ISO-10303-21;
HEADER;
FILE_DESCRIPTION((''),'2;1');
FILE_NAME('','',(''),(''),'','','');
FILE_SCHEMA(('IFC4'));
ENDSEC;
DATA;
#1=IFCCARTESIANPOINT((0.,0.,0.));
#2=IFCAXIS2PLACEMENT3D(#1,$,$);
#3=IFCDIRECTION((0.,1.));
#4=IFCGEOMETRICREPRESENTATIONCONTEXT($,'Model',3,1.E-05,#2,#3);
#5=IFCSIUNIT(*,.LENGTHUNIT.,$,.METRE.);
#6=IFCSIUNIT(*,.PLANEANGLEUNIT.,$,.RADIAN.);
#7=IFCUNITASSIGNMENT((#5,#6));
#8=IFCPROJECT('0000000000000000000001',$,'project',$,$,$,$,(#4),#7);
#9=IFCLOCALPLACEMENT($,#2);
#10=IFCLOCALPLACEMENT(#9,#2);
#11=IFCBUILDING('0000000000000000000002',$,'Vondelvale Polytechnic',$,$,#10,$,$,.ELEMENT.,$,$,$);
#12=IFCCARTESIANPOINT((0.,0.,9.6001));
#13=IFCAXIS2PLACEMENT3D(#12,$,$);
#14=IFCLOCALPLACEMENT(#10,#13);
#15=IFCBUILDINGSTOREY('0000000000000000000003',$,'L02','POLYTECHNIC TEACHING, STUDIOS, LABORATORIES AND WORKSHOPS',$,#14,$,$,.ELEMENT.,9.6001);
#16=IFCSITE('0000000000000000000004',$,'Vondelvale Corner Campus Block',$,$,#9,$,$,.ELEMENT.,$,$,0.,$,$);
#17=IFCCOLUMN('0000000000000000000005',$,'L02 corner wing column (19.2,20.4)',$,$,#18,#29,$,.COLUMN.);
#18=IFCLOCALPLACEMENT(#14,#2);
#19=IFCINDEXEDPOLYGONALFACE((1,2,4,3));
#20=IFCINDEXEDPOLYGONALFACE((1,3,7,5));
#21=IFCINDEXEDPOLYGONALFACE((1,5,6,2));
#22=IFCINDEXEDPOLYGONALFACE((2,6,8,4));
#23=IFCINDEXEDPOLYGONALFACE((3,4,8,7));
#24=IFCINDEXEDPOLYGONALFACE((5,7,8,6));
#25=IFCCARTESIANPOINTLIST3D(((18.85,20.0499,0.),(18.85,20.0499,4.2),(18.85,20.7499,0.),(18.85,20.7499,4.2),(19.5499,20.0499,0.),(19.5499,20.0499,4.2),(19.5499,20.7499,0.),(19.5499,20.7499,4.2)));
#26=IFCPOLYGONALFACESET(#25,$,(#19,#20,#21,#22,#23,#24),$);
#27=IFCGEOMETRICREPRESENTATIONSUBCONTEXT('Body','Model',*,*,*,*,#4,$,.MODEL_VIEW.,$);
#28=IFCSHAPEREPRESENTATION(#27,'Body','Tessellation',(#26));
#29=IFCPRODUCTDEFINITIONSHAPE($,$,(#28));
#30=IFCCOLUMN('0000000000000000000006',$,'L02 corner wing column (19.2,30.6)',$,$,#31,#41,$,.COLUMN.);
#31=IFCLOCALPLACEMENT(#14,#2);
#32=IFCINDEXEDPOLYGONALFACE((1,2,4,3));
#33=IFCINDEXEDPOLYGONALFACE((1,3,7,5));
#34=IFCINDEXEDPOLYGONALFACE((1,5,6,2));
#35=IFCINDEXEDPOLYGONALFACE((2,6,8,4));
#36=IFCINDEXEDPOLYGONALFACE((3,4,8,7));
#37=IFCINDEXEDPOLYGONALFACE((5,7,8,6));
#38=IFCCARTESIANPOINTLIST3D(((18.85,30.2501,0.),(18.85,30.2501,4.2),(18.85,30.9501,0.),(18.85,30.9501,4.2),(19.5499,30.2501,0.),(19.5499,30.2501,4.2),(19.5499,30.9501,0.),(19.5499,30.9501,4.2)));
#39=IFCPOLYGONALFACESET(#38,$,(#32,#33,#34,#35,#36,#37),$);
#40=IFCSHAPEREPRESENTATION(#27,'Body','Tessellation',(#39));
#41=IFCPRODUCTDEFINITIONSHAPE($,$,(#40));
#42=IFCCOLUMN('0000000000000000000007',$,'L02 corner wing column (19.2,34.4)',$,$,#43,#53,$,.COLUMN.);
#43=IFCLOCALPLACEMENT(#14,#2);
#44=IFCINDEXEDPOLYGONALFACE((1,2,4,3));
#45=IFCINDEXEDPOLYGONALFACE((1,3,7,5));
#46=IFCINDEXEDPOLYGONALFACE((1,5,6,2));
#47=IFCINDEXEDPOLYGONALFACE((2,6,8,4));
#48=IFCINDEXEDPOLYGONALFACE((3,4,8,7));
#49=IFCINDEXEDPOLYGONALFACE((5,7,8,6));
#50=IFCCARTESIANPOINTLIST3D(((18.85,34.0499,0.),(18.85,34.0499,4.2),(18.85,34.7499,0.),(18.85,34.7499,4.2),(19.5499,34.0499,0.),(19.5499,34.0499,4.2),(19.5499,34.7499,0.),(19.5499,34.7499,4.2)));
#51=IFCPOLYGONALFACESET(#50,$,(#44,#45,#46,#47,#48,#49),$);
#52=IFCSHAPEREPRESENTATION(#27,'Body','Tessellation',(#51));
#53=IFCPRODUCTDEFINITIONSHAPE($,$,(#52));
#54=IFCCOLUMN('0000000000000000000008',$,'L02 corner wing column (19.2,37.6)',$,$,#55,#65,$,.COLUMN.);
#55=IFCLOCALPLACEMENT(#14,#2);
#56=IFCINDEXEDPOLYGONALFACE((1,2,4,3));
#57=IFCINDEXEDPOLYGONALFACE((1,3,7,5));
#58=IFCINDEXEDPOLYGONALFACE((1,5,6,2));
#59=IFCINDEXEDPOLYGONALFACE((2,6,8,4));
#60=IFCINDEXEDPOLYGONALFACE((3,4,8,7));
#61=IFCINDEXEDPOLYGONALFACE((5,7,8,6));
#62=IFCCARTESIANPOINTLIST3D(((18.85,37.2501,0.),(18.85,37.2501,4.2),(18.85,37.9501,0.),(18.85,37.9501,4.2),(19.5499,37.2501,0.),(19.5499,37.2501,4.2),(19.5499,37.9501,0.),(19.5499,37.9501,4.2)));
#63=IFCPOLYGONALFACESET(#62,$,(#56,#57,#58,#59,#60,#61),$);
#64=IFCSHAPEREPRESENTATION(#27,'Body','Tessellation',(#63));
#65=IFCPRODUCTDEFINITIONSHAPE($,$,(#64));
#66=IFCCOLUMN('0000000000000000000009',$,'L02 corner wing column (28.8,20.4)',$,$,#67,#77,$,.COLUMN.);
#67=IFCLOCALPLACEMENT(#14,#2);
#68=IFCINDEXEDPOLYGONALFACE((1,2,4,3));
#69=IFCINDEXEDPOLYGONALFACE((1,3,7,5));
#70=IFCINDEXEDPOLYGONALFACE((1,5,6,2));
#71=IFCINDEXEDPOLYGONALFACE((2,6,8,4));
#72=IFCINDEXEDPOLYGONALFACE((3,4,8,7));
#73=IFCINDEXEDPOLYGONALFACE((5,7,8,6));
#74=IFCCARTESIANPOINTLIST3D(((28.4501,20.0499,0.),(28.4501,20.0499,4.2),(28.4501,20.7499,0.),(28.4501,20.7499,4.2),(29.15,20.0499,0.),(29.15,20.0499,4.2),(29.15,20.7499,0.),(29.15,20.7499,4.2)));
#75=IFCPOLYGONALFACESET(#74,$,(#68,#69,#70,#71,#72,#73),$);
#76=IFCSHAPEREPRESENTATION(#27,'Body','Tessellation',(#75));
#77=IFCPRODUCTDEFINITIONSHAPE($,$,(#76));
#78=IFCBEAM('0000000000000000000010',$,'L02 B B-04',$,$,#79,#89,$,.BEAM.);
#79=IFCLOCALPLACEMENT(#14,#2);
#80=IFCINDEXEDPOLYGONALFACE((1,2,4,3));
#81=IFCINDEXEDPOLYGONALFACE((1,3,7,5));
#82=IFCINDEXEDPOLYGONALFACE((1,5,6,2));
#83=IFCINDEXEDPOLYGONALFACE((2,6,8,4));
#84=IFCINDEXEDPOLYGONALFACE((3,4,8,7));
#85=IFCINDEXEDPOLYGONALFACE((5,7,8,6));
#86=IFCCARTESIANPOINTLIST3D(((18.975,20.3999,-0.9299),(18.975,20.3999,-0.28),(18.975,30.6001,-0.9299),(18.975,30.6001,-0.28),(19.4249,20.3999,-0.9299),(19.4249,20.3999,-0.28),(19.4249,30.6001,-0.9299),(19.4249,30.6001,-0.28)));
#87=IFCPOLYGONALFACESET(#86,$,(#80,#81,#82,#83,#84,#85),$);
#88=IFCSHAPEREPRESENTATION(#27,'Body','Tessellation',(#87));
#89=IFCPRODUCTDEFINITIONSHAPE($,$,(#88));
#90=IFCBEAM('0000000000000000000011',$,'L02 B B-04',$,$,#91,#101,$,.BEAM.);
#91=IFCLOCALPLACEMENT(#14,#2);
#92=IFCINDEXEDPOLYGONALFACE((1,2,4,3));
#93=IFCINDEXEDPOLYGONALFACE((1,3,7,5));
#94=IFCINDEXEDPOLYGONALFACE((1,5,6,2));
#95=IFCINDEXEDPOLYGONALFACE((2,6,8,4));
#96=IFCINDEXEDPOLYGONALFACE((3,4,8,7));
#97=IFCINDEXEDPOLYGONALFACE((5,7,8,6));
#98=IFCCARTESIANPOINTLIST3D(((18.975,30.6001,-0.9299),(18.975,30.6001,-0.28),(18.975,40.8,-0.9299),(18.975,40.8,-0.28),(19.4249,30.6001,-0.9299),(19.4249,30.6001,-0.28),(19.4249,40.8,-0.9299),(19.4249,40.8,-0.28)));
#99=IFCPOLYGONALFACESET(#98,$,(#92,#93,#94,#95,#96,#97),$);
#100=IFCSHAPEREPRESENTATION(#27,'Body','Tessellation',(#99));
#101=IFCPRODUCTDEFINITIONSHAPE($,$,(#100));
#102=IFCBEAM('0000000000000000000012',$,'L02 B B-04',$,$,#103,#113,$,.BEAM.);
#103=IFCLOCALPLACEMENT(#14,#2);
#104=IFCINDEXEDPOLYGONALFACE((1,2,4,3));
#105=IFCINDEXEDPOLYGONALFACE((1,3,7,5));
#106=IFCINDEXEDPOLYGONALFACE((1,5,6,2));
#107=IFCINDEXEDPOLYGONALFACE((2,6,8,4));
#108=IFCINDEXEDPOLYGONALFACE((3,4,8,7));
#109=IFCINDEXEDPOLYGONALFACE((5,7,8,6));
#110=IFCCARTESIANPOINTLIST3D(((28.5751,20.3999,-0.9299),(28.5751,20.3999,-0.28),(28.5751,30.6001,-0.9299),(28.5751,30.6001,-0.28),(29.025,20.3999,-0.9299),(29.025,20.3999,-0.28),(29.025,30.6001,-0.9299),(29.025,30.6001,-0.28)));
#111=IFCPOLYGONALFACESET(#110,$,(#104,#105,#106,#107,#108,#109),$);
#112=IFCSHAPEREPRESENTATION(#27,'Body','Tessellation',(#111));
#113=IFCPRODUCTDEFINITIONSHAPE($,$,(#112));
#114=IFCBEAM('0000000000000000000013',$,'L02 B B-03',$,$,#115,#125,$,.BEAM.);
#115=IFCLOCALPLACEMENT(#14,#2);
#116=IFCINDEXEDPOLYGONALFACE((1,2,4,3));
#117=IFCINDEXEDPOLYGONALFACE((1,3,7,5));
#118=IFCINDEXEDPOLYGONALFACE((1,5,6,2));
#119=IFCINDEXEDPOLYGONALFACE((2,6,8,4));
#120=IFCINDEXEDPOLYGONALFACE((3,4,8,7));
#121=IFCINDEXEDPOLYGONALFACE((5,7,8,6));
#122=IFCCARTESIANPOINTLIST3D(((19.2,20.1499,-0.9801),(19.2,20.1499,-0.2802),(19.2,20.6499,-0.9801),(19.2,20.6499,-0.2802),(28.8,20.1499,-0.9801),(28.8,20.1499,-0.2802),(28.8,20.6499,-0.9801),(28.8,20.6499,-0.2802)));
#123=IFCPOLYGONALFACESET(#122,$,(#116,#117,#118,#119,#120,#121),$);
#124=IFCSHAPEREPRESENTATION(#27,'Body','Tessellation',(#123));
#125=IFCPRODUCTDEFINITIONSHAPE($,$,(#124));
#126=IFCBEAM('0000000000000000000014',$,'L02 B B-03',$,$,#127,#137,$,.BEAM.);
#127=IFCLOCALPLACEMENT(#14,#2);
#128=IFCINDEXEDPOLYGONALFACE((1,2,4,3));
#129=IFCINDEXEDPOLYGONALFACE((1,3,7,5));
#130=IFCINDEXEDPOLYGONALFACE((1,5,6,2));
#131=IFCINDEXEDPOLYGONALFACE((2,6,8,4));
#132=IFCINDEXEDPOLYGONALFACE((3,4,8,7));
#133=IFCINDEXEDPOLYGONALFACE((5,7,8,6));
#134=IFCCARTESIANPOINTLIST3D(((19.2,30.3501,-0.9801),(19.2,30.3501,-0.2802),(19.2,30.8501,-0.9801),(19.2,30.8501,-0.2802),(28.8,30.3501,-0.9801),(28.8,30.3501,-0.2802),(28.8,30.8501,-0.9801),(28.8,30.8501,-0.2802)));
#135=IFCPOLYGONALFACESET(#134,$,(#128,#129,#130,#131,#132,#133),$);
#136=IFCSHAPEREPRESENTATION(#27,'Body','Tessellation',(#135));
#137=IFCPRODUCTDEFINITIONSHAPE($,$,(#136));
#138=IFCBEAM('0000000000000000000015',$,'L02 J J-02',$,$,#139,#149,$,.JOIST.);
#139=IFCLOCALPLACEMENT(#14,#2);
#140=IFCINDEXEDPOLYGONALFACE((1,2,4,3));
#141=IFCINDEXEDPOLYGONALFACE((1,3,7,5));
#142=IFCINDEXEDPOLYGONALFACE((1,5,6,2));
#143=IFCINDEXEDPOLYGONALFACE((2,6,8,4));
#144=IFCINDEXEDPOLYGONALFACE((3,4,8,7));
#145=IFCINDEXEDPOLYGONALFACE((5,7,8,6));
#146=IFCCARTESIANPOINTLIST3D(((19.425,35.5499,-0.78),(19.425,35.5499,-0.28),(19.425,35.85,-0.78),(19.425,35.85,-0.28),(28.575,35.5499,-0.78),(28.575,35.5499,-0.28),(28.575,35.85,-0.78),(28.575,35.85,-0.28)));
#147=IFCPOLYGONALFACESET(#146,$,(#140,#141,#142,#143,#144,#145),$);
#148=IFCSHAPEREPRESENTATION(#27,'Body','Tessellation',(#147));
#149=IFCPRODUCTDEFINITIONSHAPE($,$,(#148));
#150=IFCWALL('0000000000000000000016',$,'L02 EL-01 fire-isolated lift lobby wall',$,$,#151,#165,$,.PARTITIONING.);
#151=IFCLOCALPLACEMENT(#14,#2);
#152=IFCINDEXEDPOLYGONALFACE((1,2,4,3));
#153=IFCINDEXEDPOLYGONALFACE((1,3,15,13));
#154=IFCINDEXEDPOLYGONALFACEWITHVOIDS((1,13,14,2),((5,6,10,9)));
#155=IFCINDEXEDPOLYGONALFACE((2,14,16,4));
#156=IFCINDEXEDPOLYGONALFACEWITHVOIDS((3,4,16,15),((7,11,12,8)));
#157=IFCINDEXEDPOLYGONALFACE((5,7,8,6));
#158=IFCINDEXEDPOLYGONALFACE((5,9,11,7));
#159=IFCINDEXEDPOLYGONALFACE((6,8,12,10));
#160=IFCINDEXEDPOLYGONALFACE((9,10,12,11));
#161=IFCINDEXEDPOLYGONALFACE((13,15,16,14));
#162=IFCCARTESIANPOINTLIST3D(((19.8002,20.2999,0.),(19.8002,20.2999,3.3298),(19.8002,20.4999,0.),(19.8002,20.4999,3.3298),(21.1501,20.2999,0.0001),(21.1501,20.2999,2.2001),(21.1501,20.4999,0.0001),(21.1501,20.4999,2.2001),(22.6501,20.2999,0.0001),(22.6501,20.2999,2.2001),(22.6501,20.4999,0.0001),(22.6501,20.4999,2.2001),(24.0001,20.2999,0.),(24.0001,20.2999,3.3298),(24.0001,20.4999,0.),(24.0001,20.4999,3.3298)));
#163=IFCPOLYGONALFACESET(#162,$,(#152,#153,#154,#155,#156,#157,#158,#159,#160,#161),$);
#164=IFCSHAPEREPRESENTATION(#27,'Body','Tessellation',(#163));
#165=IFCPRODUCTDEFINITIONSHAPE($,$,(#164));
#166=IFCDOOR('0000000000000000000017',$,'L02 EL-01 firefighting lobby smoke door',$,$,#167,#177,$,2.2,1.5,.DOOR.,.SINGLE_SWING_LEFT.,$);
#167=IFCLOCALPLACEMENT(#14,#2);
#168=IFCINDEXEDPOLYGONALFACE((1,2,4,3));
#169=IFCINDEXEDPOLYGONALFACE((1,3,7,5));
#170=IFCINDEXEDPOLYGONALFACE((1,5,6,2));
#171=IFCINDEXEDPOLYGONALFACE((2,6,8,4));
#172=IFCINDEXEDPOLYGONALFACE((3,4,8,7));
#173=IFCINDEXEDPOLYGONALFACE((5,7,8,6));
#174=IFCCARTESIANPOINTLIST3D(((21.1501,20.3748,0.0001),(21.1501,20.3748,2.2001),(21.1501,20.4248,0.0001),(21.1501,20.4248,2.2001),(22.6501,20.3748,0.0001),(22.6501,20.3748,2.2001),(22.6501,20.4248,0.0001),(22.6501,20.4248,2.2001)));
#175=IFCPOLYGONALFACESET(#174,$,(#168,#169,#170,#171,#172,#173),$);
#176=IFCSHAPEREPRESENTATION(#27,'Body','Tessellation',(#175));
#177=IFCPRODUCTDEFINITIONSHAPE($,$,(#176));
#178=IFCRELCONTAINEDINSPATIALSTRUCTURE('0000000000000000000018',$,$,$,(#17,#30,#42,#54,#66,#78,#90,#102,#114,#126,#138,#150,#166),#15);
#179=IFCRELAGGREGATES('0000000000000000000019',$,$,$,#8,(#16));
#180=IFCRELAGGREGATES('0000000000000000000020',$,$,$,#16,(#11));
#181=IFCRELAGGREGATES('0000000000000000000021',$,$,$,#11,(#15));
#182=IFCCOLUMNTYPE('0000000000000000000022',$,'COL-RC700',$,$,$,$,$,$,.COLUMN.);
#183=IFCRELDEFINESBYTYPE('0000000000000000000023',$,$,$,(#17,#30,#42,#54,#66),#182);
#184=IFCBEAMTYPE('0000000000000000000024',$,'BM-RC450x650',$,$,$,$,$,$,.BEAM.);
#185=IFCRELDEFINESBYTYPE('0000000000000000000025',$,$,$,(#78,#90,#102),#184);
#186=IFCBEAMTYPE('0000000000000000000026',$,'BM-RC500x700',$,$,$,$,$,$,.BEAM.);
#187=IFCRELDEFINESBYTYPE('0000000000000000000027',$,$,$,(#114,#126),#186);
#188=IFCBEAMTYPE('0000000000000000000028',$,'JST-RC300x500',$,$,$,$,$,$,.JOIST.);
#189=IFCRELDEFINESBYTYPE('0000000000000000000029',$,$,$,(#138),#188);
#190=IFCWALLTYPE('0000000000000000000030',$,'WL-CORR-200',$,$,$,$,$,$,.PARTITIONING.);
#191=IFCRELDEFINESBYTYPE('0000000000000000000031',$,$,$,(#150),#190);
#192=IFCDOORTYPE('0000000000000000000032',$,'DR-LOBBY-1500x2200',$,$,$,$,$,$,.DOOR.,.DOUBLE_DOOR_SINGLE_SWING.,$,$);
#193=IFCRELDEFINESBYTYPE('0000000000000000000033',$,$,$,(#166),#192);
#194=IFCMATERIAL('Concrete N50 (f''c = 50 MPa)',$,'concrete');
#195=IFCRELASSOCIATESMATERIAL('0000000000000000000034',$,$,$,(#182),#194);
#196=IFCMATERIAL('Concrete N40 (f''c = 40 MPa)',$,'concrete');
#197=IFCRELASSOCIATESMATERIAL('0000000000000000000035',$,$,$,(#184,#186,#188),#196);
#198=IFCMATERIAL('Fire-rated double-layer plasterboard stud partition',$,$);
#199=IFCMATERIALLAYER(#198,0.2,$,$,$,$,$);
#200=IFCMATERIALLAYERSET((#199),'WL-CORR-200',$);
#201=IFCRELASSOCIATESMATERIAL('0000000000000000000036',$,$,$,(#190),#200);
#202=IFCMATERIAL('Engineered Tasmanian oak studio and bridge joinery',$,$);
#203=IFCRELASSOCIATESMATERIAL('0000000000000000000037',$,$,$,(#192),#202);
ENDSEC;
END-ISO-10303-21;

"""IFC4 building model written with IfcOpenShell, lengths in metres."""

from ifc_helpers import new_model, si_unit, direction, frame, frame_2d, origin, origin_2d, place, context, subcontext, project, spatial, rectangle, extrude, material, layer, layer_set, material_profile, profile_set, type_object, element, fill, save


model = new_model("IFC4")

# Units and contexts
model_context = context("Model", 3, precision=1e-05, world=origin(), true_north=direction((0.0, 1.0)))
body_context = subcontext(model_context, "Body", "Model", "MODEL_VIEW")
ifc_project = project(units=[si_unit("LENGTHUNIT", "METRE"), si_unit("PLANEANGLEUNIT", "RADIAN")], contexts=[model_context])

# Site, building, storey
site_placement = place(None, origin())
site = spatial("IfcSite", under=ifc_project, at=site_placement, Name="Vondelvale Corner Campus Block", CompositionType="ELEMENT", RefElevation=0.0)
building_placement = place(site_placement, origin())
building = spatial("IfcBuilding", under=site, at=building_placement, Name="Vondelvale Polytechnic", CompositionType="ELEMENT")
storey_placement = place(building_placement, frame((0.0, 0.0, 9.6001)))
storey = spatial("IfcBuildingStorey", under=building, at=storey_placement, Name="L02", Description="POLYTECHNIC TEACHING, STUDIOS, LABORATORIES AND WORKSHOPS", CompositionType="ELEMENT", Elevation=9.6001)

# Columns
ifc_material_1 = material(Name="Concrete N50 (f'c = 50 MPa)", Category="concrete")
ifc_material_profile_1 = material_profile(ifc_material_1, rectangle(XDim=0.7, YDim=0.7, at=origin_2d()), Name="RC-COL-700x700")
ifc_profile_set_1 = profile_set([ifc_material_profile_1], Name="Concrete N50 (f'c = 50 MPa)")
column_type = type_object("IfcColumnType", Name="COL-RC700", PredefinedType="COLUMN", material=ifc_profile_set_1)
for number, where, z_axis, x_axis, name in (
    (1, (19.2, 20.3999, 0.0), (0.0, 0.0, 1.0), (1.0, 0.0, 0.0), "L02 corner wing column (19.2,20.4)"),
    (2, (19.2, 30.6001, 0.0), (0.0, 0.0, 1.0), (1.0, 0.0, 0.0), "L02 corner wing column (19.2,30.6)"),
    (3, (19.2, 34.3999, 0.0), (0.0, 0.0, 1.0), (1.0, 0.0, 0.0), "L02 corner wing column (19.2,34.4)"),
    (4, (19.2, 37.6001, 0.0), (0.0, 0.0, 1.0), (1.0, 0.0, 0.0), "L02 corner wing column (19.2,37.6)"),
    (5, (28.8, 20.3999, 0.0), (0.0, 0.0, 1.0), (1.0, 0.0, 0.0), "L02 corner wing column (28.8,20.4)"),
):
    element("IfcColumn", number, at=place(storey_placement, frame(where, z_axis=z_axis, x_axis=x_axis)), inside=storey, type_object=column_type, Name=name, PredefinedType="COLUMN", context=body_context, shape_type="SweptSolid", body=[
        extrude(rectangle(XDim=0.7, YDim=0.7, at=origin_2d()), origin(), (0.0, 0.0, 1.0), 4.2),
    ])

# Beams
ifc_material_2 = material(Name="Concrete N40 (f'c = 40 MPa)", Category="concrete")
ifc_material_profile_2 = material_profile(ifc_material_2, rectangle(XDim=0.45, YDim=0.6499, at=origin_2d()), Name="RC-BM-450x650")
ifc_profile_set_2 = profile_set([ifc_material_profile_2], Name="Concrete N40 (f'c = 40 MPa)")
beam_type_1 = type_object("IfcBeamType", Name="BM-RC450x650", PredefinedType="BEAM", material=ifc_profile_set_2)
beam_1_placement = place(storey_placement, frame((19.2, 20.3999, -0.605), z_axis=(0.0, 1.0, 0.0), x_axis=(-1.0, 0.0, 0.0)))
element("IfcBeam", 6, at=beam_1_placement, inside=storey, type_object=beam_type_1, Name="L02 B B-04", PredefinedType="BEAM", context=body_context, shape_type="SweptSolid", body=[
    extrude(rectangle(XDim=0.45, YDim=0.6499, at=origin_2d()), origin(), (0.0, 0.0, 1.0), 10.2002),
])
beam_2_placement = place(storey_placement, frame((19.2, 30.6001, -0.605), z_axis=(0.0, 1.0, 0.0), x_axis=(-1.0, 0.0, 0.0)))
element("IfcBeam", 7, at=beam_2_placement, inside=storey, type_object=beam_type_1, Name="L02 B B-04", PredefinedType="BEAM", context=body_context, shape_type="SweptSolid", body=[
    extrude(rectangle(XDim=0.45, YDim=0.6499, at=origin_2d()), origin(), (0.0, 0.0, 1.0), 10.2),
])
beam_3_placement = place(storey_placement, frame((28.8, 20.3999, -0.605), z_axis=(0.0, 1.0, 0.0), x_axis=(-1.0, 0.0, 0.0)))
element("IfcBeam", 8, at=beam_3_placement, inside=storey, type_object=beam_type_1, Name="L02 B B-04", PredefinedType="BEAM", context=body_context, shape_type="SweptSolid", body=[
    extrude(rectangle(XDim=0.45, YDim=0.6499, at=origin_2d()), origin(), (0.0, 0.0, 1.0), 10.2002),
])
ifc_material_profile_3 = material_profile(ifc_material_2, rectangle(XDim=0.5, YDim=0.7, at=origin_2d()), Name="RC-BM-500x700")
ifc_profile_set_3 = profile_set([ifc_material_profile_3], Name="Concrete N40 (f'c = 40 MPa)")
beam_type_2 = type_object("IfcBeamType", Name="BM-RC500x700", PredefinedType="BEAM", material=ifc_profile_set_3)
for number, where, z_axis, x_axis, name in (
    (9, (19.2, 20.3999, -0.6301), (1.0, 0.0, 0.0), (0.0, 1.0, 0.0), "L02 B B-03"),
    (10, (19.2, 30.6001, -0.6301), (1.0, 0.0, 0.0), (0.0, 1.0, 0.0), "L02 B B-03"),
):
    element("IfcBeam", number, at=place(storey_placement, frame(where, z_axis=z_axis, x_axis=x_axis)), inside=storey, type_object=beam_type_2, Name=name, PredefinedType="BEAM", context=body_context, shape_type="SweptSolid", body=[
        extrude(rectangle(XDim=0.5, YDim=0.7, at=origin_2d()), origin(), (0.0, 0.0, 1.0), 9.6001),
    ])
ifc_material_profile_4 = material_profile(ifc_material_2, rectangle(XDim=0.3, YDim=0.5, at=origin_2d()), Name="RC-JST-300x500")
ifc_profile_set_4 = profile_set([ifc_material_profile_4], Name="Concrete N40 (f'c = 40 MPa)")
beam_type_3 = type_object("IfcBeamType", Name="JST-RC300x500", PredefinedType="JOIST", material=ifc_profile_set_4)
beam_4_placement = place(storey_placement, frame((19.425, 35.7, -0.53), z_axis=(1.0, 0.0, 0.0), x_axis=(0.0, 1.0, 0.0)))
element("IfcBeam", 11, at=beam_4_placement, inside=storey, type_object=beam_type_3, Name="L02 J J-02", PredefinedType="JOIST", context=body_context, shape_type="SweptSolid", body=[
    extrude(rectangle(XDim=0.3, YDim=0.5, at=origin_2d()), origin(), (0.0, 0.0, 1.0), 9.1499),
])

# Wall, opening, door
ifc_material_3 = material(Name="Fire-rated double-layer plasterboard stud partition")
ifc_layer_1 = layer(ifc_material_3, 0.2)
ifc_layer_set_1 = layer_set([ifc_layer_1], Name="WL-CORR-200")
wall_type_1 = type_object("IfcWallType", Name="WL-CORR-200", PredefinedType="PARTITIONING", material=ifc_layer_set_1)
wall_1_placement = place(storey_placement, frame((19.8, 20.3999, 0.0), z_axis=(0.0, 0.0, 1.0), x_axis=(1.0, 0.0, 0.0)))
wall_1 = element("IfcWall", 12, at=wall_1_placement, inside=storey, type_object=wall_type_1, Name="L02 EL-01 fire-isolated lift lobby wall", PredefinedType="PARTITIONING", context=body_context, shape_type="SweptSolid", body=[
    extrude(rectangle(XDim=4.2, YDim=0.2, at=frame_2d((2.1001, 0.0))), origin(), (0.0, 0.0, 1.0), 3.3298),
])
opening_1_placement = place(wall_1_placement, frame((1.3501, 0.0, 0.0)))
opening_1 = element("IfcOpeningElement", 13, at=opening_1_placement, cuts=wall_1, PredefinedType="OPENING", context=body_context, shape_type="SweptSolid", body=[
    extrude(rectangle(XDim=1.5, YDim=2.2, at=frame_2d((0.75, 1.1001))), frame((0.0, 0.1099, 0.0), z_axis=(0.0, -1.0, 0.0), x_axis=(1.0, 0.0, 0.0)), (0.0, 0.0, 1.0), 0.22),
])
ifc_material_4 = material(Name="Engineered Tasmanian oak studio and bridge joinery")
door_type_1 = type_object("IfcDoorType", Name="DR-LOBBY-1500x2200", OperationType="DOUBLE_DOOR_SINGLE_SWING", PredefinedType="DOOR", material=ifc_material_4)
door_1_placement = place(opening_1_placement, origin())
door_1 = element("IfcDoor", 14, at=door_1_placement, inside=storey, type_object=door_type_1, Name="L02 EL-01 firefighting lobby smoke door", OperationType="SINGLE_SWING_LEFT", OverallHeight=2.2, OverallWidth=1.5, PredefinedType="DOOR", context=body_context, shape_type="SweptSolid", body=[
    extrude(rectangle(XDim=1.5, YDim=2.2, at=frame_2d((0.75, 1.1001))), frame((0.0, 0.0249, 0.0), z_axis=(0.0, -1.0, 0.0), x_axis=(1.0, 0.0, 0.0)), (0.0, 0.0, 1.0), 0.05),
])
fill(opening_1, door_1)

save(model, "model.ifc")
